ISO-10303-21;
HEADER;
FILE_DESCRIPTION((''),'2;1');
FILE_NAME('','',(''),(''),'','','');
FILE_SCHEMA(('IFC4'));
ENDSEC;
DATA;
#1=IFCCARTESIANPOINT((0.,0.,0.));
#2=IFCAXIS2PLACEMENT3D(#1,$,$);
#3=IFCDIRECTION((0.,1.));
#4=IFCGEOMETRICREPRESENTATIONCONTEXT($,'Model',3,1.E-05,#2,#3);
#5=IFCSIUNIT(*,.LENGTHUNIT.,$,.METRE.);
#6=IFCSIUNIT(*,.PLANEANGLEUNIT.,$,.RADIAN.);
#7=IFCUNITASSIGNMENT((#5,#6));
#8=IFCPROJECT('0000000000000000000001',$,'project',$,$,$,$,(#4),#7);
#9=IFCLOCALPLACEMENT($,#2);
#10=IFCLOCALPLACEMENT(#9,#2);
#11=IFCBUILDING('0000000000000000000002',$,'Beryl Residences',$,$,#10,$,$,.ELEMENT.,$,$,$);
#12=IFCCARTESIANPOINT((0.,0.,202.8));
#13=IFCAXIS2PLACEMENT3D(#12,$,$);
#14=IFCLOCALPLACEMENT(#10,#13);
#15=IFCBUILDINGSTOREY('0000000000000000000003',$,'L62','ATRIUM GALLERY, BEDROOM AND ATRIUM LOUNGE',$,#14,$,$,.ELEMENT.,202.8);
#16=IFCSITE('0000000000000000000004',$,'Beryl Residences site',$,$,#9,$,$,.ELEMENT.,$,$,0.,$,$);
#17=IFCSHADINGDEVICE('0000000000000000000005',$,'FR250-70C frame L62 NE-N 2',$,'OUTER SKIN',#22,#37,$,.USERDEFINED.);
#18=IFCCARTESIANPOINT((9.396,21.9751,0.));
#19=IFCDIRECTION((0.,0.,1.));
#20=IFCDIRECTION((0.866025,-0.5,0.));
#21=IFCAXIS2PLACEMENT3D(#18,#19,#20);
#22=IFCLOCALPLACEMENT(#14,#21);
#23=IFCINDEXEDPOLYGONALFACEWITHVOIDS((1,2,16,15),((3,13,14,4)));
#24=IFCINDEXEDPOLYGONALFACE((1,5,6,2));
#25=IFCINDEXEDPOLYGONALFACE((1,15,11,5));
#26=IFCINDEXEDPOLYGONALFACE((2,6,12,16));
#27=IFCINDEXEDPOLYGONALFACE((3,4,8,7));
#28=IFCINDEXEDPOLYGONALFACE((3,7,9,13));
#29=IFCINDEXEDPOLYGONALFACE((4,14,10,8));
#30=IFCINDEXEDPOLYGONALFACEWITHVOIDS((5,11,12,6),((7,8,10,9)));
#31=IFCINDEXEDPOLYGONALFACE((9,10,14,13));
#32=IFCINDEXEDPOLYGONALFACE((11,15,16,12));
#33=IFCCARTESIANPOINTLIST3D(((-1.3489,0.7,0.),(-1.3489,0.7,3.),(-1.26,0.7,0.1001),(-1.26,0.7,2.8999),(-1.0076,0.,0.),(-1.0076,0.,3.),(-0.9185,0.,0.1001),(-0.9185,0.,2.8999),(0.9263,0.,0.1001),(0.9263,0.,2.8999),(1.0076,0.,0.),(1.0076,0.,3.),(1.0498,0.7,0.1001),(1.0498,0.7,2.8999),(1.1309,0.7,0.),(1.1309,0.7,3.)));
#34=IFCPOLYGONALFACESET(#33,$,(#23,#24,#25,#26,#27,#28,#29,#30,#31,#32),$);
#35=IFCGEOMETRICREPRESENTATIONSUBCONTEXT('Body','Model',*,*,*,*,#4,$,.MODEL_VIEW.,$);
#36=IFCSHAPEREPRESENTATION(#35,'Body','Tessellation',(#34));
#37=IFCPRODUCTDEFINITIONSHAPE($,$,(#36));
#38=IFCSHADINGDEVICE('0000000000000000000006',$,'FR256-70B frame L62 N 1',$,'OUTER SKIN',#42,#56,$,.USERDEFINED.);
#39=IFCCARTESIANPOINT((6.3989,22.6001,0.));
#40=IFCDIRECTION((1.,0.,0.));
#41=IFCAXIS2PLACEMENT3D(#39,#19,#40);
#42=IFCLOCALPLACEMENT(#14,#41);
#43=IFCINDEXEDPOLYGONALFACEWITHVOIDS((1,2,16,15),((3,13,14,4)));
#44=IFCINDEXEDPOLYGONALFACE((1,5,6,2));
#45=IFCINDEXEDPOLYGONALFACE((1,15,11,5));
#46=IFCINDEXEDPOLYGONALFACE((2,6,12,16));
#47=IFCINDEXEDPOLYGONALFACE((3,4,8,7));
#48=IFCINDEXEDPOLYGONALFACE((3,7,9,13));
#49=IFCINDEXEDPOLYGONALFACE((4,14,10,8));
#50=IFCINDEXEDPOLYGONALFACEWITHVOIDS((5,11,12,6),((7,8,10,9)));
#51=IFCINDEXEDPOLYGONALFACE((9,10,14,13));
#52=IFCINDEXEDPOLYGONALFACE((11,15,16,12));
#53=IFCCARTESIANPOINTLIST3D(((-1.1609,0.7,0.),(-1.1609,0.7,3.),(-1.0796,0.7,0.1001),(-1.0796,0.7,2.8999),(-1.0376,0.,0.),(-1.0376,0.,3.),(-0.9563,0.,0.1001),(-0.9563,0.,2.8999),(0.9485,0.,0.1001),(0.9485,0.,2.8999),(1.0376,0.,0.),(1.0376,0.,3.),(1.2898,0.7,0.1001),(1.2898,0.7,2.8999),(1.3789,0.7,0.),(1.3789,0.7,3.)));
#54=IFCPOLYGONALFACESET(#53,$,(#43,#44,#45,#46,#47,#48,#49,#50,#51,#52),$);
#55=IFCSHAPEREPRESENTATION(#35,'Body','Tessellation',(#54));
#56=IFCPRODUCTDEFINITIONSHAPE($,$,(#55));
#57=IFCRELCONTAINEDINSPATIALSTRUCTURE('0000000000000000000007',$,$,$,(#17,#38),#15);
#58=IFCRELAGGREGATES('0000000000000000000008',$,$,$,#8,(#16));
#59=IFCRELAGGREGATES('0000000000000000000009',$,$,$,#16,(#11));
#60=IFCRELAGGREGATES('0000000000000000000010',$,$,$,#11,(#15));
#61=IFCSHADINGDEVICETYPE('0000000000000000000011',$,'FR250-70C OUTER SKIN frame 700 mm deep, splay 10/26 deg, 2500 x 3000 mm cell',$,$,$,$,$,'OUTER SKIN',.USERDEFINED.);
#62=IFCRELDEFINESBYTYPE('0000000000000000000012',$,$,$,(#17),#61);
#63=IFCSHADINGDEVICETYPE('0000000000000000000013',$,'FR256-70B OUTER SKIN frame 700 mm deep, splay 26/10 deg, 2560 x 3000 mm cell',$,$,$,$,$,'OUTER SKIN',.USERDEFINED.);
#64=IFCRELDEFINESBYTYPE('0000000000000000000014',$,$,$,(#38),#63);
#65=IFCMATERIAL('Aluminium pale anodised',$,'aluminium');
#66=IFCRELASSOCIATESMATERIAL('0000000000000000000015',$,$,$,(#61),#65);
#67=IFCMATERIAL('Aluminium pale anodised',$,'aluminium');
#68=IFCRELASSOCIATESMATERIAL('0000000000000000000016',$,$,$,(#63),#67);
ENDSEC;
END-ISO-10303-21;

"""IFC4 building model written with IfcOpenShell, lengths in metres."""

from ifc_helpers import new_model, entity, si_unit, direction, frame, origin, place, context, subcontext, project, spatial, source, transform, mapped, material, type_object, type_shapes, element, save


model = new_model("IFC4")

# Units and contexts
model_context = context("Model", 3, precision=1e-05, world=origin(), true_north=direction((0.0, 1.0)))
body_context = subcontext(model_context, "Body", "Model", "MODEL_VIEW")
ifc_project = project(units=[si_unit("LENGTHUNIT", "METRE"), si_unit("PLANEANGLEUNIT", "RADIAN")], contexts=[model_context])

# Site, building, storey
site_placement = place(None, origin())
site = spatial("IfcSite", under=ifc_project, at=site_placement, Name="Beryl Residences site", CompositionType="ELEMENT", RefElevation=0.0)
building_placement = place(site_placement, origin())
building = spatial("IfcBuilding", under=site, at=building_placement, Name="Beryl Residences", CompositionType="ELEMENT")
storey_placement = place(building_placement, frame((0.0, 0.0, 202.8)))
storey = spatial("IfcBuildingStorey", under=building, at=storey_placement, Name="L62", Description="ATRIUM GALLERY, BEDROOM AND ATRIUM LOUNGE", CompositionType="ELEMENT", Elevation=202.8)

# Shading devices
ifc_material_1 = material(Name="Aluminium pale anodised", Category="aluminium")
shading_device_type_1 = type_object("IfcShadingDeviceType", Name="FR250-70C OUTER SKIN frame 700 mm deep, splay 10/26 deg, 2500 x 3000 mm cell", ElementType="OUTER SKIN", PredefinedType="USERDEFINED", material=ifc_material_1)
cartesian_point_1 = entity("IfcCartesianPoint", [-1.0076, 0.0])
cartesian_point_2 = entity("IfcCartesianPoint", [-0.9263, 0.1001])
cartesian_point_3 = entity("IfcCartesianPoint", [-1.1309, 0.0])
cartesian_point_4 = entity("IfcCartesianPoint", [-1.0498, 0.1001])
shared_shape_1 = source(origin(), body_context, "Body", "SweptSolid", [
    entity("IfcExtrudedAreaSolidTapered", entity("IfcArbitraryProfileDefWithVoids", "AREA", None, entity("IfcPolyline", [cartesian_point_1, entity("IfcCartesianPoint", [1.0076, 0.0]), entity("IfcCartesianPoint", [1.0076, 3.0]), entity("IfcCartesianPoint", [-1.0076, 3.0]), cartesian_point_1]), [entity("IfcPolyline", [cartesian_point_2, entity("IfcCartesianPoint", [0.9185, 0.1001]), entity("IfcCartesianPoint", [0.9185, 2.8999]), entity("IfcCartesianPoint", [-0.9263, 2.8999]), cartesian_point_2])]), entity("IfcAxis2Placement3D", entity("IfcCartesianPoint", [0.0, 0.0, 0.0]), entity("IfcDirection", [0.0, 1.0, 0.0]), entity("IfcDirection", [-1.0, 0.0, 0.0])), entity("IfcDirection", [0.0, 0.0, 1.0]), 0.7, entity("IfcArbitraryProfileDefWithVoids", "AREA", None, entity("IfcPolyline", [cartesian_point_3, entity("IfcCartesianPoint", [1.3489, 0.0]), entity("IfcCartesianPoint", [1.3489, 3.0]), entity("IfcCartesianPoint", [-1.1309, 3.0]), cartesian_point_3]), [entity("IfcPolyline", [cartesian_point_4, entity("IfcCartesianPoint", [1.26, 0.1001]), entity("IfcCartesianPoint", [1.26, 2.8999]), entity("IfcCartesianPoint", [-1.0498, 2.8999]), cartesian_point_4])])),
])
type_shapes(shading_device_type_1, [shared_shape_1])
shading_device_1_placement = place(storey_placement, frame((9.396, 21.9751, 0.0), z_axis=(0.0, 0.0, 1.0), x_axis=(0.866025, -0.5, 0.0)))
element("IfcShadingDevice", 1, at=shading_device_1_placement, inside=storey, type_object=shading_device_type_1, Name="FR250-70C frame L62 NE-N 2", ObjectType="OUTER SKIN", PredefinedType="USERDEFINED", context=body_context, shape_type="MappedRepresentation", body=[
    mapped(shared_shape_1, transform((0.0, 0.0, 0.0))),
])
ifc_material_2 = material(Name="Aluminium pale anodised", Category="aluminium")
shading_device_type_2 = type_object("IfcShadingDeviceType", Name="FR256-70B OUTER SKIN frame 700 mm deep, splay 26/10 deg, 2560 x 3000 mm cell", ElementType="OUTER SKIN", PredefinedType="USERDEFINED", material=ifc_material_2)
cartesian_point_5 = entity("IfcCartesianPoint", [-1.0376, 0.0])
cartesian_point_6 = entity("IfcCartesianPoint", [-0.9485, 0.1001])
cartesian_point_7 = entity("IfcCartesianPoint", [-1.3789, 0.0])
cartesian_point_8 = entity("IfcCartesianPoint", [-1.2898, 0.1001])
shared_shape_2 = source(origin(), body_context, "Body", "SweptSolid", [
    entity("IfcExtrudedAreaSolidTapered", entity("IfcArbitraryProfileDefWithVoids", "AREA", None, entity("IfcPolyline", [cartesian_point_5, entity("IfcCartesianPoint", [1.0376, 0.0]), entity("IfcCartesianPoint", [1.0376, 3.0]), entity("IfcCartesianPoint", [-1.0376, 3.0]), cartesian_point_5]), [entity("IfcPolyline", [cartesian_point_6, entity("IfcCartesianPoint", [0.9563, 0.1001]), entity("IfcCartesianPoint", [0.9563, 2.8999]), entity("IfcCartesianPoint", [-0.9485, 2.8999]), cartesian_point_6])]), entity("IfcAxis2Placement3D", entity("IfcCartesianPoint", [0.0, 0.0, 0.0]), entity("IfcDirection", [0.0, 1.0, 0.0]), entity("IfcDirection", [-1.0, 0.0, 0.0])), entity("IfcDirection", [0.0, 0.0, 1.0]), 0.7, entity("IfcArbitraryProfileDefWithVoids", "AREA", None, entity("IfcPolyline", [cartesian_point_7, entity("IfcCartesianPoint", [1.1609, 0.0]), entity("IfcCartesianPoint", [1.1609, 3.0]), entity("IfcCartesianPoint", [-1.3789, 3.0]), cartesian_point_7]), [entity("IfcPolyline", [cartesian_point_8, entity("IfcCartesianPoint", [1.0796, 0.1001]), entity("IfcCartesianPoint", [1.0796, 2.8999]), entity("IfcCartesianPoint", [-1.2898, 2.8999]), cartesian_point_8])])),
])
type_shapes(shading_device_type_2, [shared_shape_2])
shading_device_2_placement = place(storey_placement, frame((6.3989, 22.6001, 0.0), z_axis=(0.0, 0.0, 1.0), x_axis=(1.0, 0.0, 0.0)))
element("IfcShadingDevice", 2, at=shading_device_2_placement, inside=storey, type_object=shading_device_type_2, Name="FR256-70B frame L62 N 1", ObjectType="OUTER SKIN", PredefinedType="USERDEFINED", context=body_context, shape_type="MappedRepresentation", body=[
    mapped(shared_shape_2, transform((0.0, 0.0, 0.0))),
])

save(model, "model.ifc")
